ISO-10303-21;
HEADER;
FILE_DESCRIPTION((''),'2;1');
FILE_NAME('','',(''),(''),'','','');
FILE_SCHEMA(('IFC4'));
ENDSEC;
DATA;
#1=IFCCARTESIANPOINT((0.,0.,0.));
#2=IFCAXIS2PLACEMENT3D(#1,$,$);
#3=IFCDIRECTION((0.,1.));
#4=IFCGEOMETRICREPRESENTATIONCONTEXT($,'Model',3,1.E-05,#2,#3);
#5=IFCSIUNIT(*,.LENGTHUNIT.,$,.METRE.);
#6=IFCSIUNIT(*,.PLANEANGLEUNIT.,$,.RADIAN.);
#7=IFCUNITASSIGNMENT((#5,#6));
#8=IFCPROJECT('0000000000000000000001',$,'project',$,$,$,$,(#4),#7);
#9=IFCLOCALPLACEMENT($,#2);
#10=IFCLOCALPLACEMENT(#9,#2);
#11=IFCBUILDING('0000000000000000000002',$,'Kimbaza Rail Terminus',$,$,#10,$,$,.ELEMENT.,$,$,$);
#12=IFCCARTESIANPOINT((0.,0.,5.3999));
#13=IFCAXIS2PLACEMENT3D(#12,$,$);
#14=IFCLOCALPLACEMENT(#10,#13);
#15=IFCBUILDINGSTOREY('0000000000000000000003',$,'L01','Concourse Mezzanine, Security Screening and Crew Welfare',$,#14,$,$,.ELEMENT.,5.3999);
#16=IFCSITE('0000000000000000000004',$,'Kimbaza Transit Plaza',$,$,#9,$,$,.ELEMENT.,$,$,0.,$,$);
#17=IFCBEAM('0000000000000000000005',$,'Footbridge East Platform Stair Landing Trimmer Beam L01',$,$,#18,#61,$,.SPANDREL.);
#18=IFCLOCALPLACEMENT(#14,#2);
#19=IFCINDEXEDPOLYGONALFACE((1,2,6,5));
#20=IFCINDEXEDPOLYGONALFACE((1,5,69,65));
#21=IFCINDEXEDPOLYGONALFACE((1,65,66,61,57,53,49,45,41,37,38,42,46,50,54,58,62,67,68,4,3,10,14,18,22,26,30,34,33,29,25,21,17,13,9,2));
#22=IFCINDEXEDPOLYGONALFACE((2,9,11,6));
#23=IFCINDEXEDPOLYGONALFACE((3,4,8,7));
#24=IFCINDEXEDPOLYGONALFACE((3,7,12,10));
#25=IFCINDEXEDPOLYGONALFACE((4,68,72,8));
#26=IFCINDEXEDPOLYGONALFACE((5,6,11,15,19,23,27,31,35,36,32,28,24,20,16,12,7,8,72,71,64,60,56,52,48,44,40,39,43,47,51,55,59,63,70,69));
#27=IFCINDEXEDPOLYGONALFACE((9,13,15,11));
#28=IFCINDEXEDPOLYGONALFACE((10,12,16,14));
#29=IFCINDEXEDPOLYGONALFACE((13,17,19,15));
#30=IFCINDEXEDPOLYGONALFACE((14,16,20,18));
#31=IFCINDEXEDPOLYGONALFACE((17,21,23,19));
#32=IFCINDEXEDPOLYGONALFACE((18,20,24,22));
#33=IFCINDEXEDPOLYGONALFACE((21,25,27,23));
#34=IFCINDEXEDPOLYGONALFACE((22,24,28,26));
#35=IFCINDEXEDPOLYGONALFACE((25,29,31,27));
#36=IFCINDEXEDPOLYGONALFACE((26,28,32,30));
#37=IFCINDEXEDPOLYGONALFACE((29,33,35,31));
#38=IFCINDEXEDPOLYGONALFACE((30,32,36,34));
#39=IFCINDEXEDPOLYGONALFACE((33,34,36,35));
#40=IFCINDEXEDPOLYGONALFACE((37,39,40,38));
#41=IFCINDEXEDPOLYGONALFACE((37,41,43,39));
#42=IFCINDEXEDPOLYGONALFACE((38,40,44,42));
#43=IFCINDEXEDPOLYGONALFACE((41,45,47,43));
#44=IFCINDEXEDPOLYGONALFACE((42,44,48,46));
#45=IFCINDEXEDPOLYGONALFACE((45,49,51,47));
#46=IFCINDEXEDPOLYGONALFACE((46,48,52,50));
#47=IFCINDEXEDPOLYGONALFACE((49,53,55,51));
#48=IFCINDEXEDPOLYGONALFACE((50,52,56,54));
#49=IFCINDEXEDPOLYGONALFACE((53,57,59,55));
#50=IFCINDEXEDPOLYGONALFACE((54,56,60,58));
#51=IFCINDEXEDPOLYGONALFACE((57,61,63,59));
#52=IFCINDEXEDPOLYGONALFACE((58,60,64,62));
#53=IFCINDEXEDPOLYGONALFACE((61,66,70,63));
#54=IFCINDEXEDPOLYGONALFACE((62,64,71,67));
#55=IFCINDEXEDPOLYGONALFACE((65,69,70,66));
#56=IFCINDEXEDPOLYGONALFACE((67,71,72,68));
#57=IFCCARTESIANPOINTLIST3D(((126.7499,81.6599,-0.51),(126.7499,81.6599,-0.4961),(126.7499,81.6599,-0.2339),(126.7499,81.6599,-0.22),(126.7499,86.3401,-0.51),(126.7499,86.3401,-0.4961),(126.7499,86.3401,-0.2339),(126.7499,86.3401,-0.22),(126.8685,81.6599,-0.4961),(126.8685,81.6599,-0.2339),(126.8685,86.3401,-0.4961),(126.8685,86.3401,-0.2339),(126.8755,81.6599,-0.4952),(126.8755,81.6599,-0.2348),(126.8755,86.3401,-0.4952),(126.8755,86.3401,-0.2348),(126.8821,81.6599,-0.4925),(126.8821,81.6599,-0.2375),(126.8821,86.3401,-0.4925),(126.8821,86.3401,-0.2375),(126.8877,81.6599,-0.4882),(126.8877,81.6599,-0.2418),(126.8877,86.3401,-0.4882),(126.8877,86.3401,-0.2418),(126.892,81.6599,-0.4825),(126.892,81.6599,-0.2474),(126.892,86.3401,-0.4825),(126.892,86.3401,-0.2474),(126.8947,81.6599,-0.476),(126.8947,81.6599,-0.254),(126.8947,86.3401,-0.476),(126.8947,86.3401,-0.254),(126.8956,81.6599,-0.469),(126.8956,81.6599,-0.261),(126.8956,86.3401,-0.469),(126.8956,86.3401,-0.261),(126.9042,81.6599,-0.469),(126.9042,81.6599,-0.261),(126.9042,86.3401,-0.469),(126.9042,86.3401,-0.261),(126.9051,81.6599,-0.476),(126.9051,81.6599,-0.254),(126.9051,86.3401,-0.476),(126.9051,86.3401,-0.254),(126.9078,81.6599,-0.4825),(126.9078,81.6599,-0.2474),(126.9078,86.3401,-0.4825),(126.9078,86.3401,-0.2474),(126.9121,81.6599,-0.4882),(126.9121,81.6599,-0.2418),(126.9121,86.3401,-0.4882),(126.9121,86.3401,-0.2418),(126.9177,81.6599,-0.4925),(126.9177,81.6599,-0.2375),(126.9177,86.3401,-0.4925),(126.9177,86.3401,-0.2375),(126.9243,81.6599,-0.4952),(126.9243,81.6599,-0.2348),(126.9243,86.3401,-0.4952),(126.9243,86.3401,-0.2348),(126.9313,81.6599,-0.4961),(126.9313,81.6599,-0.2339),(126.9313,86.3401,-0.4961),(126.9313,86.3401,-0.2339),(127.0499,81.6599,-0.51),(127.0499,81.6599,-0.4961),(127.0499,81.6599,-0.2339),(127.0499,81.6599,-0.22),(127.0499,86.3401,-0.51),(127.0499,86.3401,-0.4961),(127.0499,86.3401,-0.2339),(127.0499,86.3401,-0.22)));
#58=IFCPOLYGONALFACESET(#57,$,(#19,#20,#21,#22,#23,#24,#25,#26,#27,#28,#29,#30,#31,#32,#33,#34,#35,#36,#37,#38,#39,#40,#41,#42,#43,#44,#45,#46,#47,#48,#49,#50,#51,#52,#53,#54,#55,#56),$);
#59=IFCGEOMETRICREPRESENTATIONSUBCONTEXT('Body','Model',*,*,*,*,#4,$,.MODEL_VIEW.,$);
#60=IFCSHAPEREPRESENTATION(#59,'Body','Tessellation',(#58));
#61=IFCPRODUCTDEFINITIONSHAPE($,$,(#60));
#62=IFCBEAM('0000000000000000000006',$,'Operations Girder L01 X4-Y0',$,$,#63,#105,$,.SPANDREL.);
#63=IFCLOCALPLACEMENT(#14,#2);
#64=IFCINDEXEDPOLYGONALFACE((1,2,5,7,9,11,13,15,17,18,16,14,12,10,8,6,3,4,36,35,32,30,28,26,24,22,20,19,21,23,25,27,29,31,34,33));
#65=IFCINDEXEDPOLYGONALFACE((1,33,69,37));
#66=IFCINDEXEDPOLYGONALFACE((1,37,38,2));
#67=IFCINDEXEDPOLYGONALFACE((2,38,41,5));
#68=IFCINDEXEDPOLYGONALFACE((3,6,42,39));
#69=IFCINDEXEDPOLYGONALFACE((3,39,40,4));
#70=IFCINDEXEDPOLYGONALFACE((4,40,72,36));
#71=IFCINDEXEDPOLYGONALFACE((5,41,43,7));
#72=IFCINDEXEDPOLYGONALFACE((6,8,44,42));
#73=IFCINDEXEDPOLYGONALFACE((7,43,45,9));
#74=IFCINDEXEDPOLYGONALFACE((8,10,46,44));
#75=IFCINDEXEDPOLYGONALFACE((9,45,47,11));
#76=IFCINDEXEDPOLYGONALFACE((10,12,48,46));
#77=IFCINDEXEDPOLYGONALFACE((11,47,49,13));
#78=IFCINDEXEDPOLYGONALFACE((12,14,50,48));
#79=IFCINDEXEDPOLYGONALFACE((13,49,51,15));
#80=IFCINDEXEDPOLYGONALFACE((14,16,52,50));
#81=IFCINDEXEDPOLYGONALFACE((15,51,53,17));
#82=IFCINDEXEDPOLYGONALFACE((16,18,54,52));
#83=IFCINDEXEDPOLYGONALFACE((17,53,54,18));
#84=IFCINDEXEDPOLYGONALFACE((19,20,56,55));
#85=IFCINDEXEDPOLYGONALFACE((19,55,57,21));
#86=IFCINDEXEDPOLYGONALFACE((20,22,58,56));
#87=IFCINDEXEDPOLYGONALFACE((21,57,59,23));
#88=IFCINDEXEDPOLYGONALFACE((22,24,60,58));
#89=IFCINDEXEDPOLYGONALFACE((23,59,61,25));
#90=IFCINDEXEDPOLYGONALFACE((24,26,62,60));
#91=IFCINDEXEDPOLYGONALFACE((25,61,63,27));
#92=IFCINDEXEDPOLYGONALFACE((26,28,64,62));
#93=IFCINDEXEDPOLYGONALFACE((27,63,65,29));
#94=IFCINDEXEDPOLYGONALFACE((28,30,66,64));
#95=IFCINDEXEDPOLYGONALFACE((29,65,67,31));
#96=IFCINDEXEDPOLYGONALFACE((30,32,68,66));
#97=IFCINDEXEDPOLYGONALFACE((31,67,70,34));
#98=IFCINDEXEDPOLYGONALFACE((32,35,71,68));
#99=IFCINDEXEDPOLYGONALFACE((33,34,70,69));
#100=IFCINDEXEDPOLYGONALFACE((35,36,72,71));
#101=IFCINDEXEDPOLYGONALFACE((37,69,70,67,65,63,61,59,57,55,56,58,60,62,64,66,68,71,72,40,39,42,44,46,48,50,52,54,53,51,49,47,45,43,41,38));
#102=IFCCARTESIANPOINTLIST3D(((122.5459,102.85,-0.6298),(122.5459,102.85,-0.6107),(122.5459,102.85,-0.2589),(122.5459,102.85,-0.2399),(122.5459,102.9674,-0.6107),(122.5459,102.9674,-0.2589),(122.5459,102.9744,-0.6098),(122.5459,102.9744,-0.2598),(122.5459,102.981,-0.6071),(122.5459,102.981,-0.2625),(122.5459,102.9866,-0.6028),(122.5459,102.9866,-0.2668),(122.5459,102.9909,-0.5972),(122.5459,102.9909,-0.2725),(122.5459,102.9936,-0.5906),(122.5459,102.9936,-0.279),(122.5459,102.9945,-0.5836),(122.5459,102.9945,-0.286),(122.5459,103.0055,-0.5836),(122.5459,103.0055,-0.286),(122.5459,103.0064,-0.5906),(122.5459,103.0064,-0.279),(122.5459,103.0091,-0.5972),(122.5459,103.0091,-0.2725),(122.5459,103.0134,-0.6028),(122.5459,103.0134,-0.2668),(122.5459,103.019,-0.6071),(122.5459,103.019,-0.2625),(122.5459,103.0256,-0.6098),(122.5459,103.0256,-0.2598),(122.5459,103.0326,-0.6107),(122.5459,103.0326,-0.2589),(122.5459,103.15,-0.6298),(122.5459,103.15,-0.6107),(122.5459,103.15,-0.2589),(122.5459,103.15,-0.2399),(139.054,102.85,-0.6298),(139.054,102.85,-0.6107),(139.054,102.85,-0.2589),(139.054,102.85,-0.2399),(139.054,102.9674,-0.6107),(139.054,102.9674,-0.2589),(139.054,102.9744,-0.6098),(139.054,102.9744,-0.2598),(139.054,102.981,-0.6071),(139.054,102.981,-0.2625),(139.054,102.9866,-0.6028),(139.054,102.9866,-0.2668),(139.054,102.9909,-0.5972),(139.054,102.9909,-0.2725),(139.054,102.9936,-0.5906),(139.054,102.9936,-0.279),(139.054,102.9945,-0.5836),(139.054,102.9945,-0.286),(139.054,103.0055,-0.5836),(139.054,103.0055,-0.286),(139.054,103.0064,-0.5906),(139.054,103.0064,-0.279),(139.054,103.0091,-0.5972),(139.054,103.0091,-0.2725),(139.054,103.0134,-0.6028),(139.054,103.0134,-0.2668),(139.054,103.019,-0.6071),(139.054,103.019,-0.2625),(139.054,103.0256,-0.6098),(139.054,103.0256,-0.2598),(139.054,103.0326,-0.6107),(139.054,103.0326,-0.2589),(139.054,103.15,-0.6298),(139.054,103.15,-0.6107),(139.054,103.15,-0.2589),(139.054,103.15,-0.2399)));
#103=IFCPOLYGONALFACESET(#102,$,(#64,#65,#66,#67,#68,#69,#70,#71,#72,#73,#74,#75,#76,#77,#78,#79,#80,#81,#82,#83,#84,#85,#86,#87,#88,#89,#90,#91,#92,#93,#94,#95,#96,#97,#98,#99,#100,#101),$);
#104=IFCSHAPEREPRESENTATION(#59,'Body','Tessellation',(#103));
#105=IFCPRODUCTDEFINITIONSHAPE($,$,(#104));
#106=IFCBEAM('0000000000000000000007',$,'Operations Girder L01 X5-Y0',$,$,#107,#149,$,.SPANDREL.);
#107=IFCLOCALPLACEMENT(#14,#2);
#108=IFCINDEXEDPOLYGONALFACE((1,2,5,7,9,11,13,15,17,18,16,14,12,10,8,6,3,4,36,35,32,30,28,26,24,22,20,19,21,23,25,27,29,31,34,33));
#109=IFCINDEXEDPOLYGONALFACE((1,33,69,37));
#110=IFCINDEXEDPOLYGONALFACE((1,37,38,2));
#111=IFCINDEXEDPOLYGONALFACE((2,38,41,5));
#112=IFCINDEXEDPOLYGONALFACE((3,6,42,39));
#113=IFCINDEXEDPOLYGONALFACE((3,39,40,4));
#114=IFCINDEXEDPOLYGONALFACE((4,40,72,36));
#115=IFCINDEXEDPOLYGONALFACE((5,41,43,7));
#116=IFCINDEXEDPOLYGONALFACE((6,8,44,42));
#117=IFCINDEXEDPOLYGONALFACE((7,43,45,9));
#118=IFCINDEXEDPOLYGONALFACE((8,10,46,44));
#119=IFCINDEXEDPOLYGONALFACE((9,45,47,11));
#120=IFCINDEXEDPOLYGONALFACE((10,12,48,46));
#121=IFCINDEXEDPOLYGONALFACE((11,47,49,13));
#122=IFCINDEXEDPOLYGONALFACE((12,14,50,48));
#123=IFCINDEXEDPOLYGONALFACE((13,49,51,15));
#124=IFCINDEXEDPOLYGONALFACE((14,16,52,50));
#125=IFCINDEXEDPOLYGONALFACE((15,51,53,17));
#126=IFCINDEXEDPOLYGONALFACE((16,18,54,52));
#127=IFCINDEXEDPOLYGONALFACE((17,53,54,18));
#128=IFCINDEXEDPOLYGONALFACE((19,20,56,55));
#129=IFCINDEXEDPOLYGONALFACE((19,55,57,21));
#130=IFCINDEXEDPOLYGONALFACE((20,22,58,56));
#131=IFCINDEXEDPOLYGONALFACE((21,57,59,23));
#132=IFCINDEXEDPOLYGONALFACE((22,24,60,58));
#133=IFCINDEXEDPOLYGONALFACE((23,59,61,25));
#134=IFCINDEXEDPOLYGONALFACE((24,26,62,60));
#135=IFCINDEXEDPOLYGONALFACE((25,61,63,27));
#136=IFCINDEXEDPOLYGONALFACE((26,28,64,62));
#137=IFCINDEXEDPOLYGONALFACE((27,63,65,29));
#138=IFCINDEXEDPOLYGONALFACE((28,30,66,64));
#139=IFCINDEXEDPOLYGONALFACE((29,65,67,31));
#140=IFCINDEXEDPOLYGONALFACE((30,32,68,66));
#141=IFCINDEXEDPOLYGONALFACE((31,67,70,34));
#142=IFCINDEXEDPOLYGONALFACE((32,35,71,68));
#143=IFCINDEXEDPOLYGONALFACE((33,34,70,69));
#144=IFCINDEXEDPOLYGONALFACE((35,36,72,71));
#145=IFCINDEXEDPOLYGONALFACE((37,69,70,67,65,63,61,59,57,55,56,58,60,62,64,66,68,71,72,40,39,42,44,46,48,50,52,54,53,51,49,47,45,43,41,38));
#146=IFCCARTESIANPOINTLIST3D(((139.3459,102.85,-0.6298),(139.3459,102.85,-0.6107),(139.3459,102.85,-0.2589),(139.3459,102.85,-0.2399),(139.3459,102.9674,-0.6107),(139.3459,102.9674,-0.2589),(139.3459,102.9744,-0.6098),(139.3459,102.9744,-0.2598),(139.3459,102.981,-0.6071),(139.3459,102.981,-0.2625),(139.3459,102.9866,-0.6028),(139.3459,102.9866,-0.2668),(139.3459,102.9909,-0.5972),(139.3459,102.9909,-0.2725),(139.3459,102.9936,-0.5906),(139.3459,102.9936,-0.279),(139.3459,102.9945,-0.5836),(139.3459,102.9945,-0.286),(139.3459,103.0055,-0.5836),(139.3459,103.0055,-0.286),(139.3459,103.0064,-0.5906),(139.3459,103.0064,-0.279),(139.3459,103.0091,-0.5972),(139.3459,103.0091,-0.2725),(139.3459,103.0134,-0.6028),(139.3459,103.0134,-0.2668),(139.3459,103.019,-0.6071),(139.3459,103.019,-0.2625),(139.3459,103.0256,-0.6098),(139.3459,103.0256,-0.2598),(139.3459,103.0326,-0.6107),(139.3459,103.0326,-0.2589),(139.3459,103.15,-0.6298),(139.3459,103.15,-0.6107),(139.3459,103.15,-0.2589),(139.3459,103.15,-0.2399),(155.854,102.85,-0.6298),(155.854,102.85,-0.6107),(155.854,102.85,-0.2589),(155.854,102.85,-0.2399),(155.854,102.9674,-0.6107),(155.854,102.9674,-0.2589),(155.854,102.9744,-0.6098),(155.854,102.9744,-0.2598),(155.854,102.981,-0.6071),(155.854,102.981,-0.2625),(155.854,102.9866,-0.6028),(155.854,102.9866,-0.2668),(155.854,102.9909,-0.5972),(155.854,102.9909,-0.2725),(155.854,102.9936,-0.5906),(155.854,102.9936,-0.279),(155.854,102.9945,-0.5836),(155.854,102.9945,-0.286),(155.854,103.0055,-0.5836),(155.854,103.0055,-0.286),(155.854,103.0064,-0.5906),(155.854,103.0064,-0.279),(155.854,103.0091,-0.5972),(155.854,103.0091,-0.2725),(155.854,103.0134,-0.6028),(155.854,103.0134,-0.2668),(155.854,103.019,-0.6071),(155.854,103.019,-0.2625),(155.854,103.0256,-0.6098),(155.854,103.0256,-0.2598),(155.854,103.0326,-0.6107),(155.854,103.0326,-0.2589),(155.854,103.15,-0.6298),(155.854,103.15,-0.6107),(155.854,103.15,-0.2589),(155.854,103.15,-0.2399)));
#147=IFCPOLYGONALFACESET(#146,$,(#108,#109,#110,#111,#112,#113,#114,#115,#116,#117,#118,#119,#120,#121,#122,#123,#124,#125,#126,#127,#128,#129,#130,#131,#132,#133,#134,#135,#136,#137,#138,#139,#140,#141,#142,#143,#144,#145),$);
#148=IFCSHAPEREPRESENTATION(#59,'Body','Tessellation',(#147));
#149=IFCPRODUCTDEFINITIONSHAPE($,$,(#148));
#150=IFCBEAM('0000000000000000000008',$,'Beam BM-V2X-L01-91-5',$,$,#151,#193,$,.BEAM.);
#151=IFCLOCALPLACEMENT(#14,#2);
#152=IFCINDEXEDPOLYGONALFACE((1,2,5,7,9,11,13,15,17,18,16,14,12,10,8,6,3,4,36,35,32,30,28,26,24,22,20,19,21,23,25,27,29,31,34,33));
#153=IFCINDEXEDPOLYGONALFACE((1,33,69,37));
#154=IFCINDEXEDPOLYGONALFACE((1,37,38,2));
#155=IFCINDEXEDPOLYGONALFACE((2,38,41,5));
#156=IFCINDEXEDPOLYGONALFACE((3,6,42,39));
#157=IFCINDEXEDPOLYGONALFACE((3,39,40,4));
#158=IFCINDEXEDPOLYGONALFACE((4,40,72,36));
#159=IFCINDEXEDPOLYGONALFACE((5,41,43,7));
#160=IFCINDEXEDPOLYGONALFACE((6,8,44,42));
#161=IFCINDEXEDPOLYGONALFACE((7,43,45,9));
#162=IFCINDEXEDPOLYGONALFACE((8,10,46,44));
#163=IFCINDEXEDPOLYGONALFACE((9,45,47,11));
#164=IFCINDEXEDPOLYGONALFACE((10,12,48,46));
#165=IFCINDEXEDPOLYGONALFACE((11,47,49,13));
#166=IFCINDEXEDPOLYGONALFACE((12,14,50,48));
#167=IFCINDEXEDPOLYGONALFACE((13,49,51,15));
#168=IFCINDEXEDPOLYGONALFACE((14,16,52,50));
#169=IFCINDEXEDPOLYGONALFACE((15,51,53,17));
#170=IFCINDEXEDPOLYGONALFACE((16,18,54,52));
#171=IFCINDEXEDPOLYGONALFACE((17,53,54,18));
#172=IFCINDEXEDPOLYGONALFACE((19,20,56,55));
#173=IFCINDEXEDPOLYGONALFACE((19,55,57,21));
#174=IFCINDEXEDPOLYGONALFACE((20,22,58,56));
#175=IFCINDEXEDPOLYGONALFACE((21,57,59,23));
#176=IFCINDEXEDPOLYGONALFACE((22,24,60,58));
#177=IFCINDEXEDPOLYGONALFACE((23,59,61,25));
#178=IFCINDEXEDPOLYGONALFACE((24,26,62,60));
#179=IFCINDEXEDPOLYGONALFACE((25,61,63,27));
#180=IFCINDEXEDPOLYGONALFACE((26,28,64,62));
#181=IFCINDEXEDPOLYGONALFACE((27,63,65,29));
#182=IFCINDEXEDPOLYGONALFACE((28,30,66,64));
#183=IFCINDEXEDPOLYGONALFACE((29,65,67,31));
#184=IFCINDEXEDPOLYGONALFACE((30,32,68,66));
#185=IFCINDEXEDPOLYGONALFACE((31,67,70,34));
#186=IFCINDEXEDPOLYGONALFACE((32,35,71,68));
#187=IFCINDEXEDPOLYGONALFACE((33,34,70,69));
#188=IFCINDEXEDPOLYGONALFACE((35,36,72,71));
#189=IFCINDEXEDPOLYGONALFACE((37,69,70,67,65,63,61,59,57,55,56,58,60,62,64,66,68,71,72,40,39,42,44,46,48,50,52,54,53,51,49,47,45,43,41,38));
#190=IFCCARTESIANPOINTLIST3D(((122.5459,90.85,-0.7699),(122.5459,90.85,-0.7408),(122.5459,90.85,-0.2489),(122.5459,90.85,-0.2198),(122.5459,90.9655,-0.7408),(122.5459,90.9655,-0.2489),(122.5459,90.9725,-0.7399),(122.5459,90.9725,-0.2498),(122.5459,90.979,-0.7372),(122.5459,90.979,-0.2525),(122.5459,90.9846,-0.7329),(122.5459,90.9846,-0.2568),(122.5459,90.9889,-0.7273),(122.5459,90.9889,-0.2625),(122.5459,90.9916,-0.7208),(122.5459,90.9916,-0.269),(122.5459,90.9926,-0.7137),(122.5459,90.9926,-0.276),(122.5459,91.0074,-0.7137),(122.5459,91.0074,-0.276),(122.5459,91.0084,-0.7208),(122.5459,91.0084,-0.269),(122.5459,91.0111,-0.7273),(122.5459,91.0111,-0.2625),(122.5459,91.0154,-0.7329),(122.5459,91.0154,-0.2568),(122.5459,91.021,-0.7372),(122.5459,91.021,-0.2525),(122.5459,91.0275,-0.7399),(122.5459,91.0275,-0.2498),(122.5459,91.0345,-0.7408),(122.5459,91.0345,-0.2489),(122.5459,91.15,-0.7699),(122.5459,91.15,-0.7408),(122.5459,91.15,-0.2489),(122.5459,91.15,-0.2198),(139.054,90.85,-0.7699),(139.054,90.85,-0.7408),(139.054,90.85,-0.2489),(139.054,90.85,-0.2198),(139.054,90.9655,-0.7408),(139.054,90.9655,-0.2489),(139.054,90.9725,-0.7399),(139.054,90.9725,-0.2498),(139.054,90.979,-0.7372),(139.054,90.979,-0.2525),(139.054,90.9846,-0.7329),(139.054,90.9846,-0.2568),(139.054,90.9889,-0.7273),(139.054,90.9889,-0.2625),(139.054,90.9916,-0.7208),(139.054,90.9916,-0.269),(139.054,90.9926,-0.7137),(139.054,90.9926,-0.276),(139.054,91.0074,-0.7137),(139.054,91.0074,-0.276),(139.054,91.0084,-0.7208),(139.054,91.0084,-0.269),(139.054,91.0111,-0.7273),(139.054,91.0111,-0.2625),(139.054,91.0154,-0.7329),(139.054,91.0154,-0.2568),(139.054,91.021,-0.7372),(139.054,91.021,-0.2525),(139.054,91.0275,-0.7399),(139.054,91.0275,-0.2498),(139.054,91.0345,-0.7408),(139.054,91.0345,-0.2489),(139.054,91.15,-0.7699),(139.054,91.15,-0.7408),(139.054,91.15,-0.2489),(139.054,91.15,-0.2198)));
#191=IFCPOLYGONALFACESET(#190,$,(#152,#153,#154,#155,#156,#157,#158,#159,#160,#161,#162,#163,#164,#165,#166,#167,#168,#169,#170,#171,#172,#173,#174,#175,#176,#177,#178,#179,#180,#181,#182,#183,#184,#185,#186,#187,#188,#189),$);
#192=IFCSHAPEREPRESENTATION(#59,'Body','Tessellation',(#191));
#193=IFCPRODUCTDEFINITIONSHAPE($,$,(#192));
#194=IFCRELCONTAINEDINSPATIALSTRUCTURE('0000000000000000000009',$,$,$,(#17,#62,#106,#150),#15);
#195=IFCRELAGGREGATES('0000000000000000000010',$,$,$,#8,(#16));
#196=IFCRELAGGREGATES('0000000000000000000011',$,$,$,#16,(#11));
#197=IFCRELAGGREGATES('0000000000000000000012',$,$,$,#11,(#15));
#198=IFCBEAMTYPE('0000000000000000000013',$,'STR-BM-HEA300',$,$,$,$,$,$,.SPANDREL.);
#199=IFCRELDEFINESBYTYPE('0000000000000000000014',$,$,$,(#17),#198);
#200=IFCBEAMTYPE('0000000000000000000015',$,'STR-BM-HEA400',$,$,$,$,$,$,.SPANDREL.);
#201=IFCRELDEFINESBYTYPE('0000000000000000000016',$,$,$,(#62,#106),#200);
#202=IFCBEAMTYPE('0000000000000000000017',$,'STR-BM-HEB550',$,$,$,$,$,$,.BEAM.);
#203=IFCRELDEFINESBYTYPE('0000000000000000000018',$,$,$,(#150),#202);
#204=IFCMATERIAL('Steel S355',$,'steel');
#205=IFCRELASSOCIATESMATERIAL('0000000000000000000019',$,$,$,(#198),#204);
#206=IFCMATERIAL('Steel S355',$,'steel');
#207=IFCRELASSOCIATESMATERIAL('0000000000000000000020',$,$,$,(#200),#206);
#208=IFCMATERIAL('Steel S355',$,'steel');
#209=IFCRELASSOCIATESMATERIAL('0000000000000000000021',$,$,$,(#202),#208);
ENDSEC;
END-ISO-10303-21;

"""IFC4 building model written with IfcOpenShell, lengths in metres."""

from ifc_helpers import new_model, si_unit, direction, frame, origin, origin_2d, place, context, subcontext, project, spatial, i_section, extrude, material, material_profile, profile_set, type_object, element, save


model = new_model("IFC4")

# Units and contexts
model_context = context("Model", 3, precision=1e-05, world=origin(), true_north=direction((0.0, 1.0)))
body_context = subcontext(model_context, "Body", "Model", "MODEL_VIEW")
ifc_project = project(units=[si_unit("LENGTHUNIT", "METRE"), si_unit("PLANEANGLEUNIT", "RADIAN")], contexts=[model_context])

# Site, building, storey
site_placement = place(None, origin())
site = spatial("IfcSite", under=ifc_project, at=site_placement, Name="Kimbaza Transit Plaza", CompositionType="ELEMENT", RefElevation=0.0)
building_placement = place(site_placement, origin())
building = spatial("IfcBuilding", under=site, at=building_placement, Name="Kimbaza Rail Terminus", CompositionType="ELEMENT")
storey_placement = place(building_placement, frame((0.0, 0.0, 5.3999)))
storey = spatial("IfcBuildingStorey", under=building, at=storey_placement, Name="L01", Description="Concourse Mezzanine, Security Screening and Crew Welfare", CompositionType="ELEMENT", Elevation=5.3999)

# Beams
ifc_material_1 = material(Name="Steel S355", Category="steel")
ifc_material_profile_1 = material_profile(ifc_material_1, i_section(OverallWidth=0.3, OverallDepth=0.29, WebThickness=0.0085, FlangeThickness=0.0139, FilletRadius=0.0271, at=origin_2d()), Name="HEA 300")
ifc_profile_set_1 = profile_set([ifc_material_profile_1], Name="Steel S355")
beam_type_1 = type_object("IfcBeamType", Name="STR-BM-HEA300", PredefinedType="SPANDREL", material=ifc_profile_set_1)
beam_1_placement = place(storey_placement, frame((126.8999, 81.6599, -0.365), z_axis=(0.0, 1.0, 0.0), x_axis=(-1.0, 0.0, 0.0)))
element("IfcBeam", 1, at=beam_1_placement, inside=storey, type_object=beam_type_1, Name="Footbridge East Platform Stair Landing Trimmer Beam L01", PredefinedType="SPANDREL", context=body_context, shape_type="SweptSolid", body=[
    extrude(i_section(OverallWidth=0.3, OverallDepth=0.29, WebThickness=0.0085, FlangeThickness=0.0139, FilletRadius=0.0271, at=origin_2d()), origin(), (0.0, 0.0, 1.0), 4.6802),
])
ifc_material_2 = material(Name="Steel S355", Category="steel")
ifc_material_profile_2 = material_profile(ifc_material_2, i_section(OverallWidth=0.3, OverallDepth=0.3899, WebThickness=0.011, FlangeThickness=0.019, FilletRadius=0.0271, at=origin_2d()), Name="HEA 400")
ifc_profile_set_2 = profile_set([ifc_material_profile_2], Name="Steel S355")
beam_type_2 = type_object("IfcBeamType", Name="STR-BM-HEA400", PredefinedType="SPANDREL", material=ifc_profile_set_2)
for number, where, z_axis, x_axis, name in (
    (2, (122.5459, 103.0, -0.4348), (1.0, 0.0, 0.0), (0.0, 1.0, 0.0), "Operations Girder L01 X4-Y0"),
    (3, (139.3459, 103.0, -0.4348), (1.0, 0.0, 0.0), (0.0, 1.0, 0.0), "Operations Girder L01 X5-Y0"),
):
    element("IfcBeam", number, at=place(storey_placement, frame(where, z_axis=z_axis, x_axis=x_axis)), inside=storey, type_object=beam_type_2, Name=name, PredefinedType="SPANDREL", context=body_context, shape_type="SweptSolid", body=[
        extrude(i_section(OverallWidth=0.3, OverallDepth=0.3899, WebThickness=0.011, FlangeThickness=0.019, FilletRadius=0.0271, at=origin_2d()), origin(), (0.0, 0.0, 1.0), 16.5081),
    ])
ifc_material_3 = material(Name="Steel S355", Category="steel")
ifc_material_profile_3 = material_profile(ifc_material_3, i_section(OverallWidth=0.3, OverallDepth=0.55, WebThickness=0.0149, FlangeThickness=0.0291, FilletRadius=0.0271, at=origin_2d()), Name="HEB 550")
ifc_profile_set_3 = profile_set([ifc_material_profile_3], Name="Steel S355")
beam_type_3 = type_object("IfcBeamType", Name="STR-BM-HEB550", PredefinedType="BEAM", material=ifc_profile_set_3)
for number, where, z_axis, x_axis, name in (
    (4, (122.5459, 91.0, -0.4949), (1.0, 0.0, 0.0), (0.0, 1.0, 0.0), "Beam BM-V2X-L01-91-5"),
):
    element("IfcBeam", number, at=place(storey_placement, frame(where, z_axis=z_axis, x_axis=x_axis)), inside=storey, type_object=beam_type_3, Name=name, PredefinedType="BEAM", context=body_context, shape_type="SweptSolid", body=[
        extrude(i_section(OverallWidth=0.3, OverallDepth=0.55, WebThickness=0.0149, FlangeThickness=0.0291, FilletRadius=0.0271, at=origin_2d()), origin(), (0.0, 0.0, 1.0), 16.5081),
    ])

save(model, "model.ifc")
